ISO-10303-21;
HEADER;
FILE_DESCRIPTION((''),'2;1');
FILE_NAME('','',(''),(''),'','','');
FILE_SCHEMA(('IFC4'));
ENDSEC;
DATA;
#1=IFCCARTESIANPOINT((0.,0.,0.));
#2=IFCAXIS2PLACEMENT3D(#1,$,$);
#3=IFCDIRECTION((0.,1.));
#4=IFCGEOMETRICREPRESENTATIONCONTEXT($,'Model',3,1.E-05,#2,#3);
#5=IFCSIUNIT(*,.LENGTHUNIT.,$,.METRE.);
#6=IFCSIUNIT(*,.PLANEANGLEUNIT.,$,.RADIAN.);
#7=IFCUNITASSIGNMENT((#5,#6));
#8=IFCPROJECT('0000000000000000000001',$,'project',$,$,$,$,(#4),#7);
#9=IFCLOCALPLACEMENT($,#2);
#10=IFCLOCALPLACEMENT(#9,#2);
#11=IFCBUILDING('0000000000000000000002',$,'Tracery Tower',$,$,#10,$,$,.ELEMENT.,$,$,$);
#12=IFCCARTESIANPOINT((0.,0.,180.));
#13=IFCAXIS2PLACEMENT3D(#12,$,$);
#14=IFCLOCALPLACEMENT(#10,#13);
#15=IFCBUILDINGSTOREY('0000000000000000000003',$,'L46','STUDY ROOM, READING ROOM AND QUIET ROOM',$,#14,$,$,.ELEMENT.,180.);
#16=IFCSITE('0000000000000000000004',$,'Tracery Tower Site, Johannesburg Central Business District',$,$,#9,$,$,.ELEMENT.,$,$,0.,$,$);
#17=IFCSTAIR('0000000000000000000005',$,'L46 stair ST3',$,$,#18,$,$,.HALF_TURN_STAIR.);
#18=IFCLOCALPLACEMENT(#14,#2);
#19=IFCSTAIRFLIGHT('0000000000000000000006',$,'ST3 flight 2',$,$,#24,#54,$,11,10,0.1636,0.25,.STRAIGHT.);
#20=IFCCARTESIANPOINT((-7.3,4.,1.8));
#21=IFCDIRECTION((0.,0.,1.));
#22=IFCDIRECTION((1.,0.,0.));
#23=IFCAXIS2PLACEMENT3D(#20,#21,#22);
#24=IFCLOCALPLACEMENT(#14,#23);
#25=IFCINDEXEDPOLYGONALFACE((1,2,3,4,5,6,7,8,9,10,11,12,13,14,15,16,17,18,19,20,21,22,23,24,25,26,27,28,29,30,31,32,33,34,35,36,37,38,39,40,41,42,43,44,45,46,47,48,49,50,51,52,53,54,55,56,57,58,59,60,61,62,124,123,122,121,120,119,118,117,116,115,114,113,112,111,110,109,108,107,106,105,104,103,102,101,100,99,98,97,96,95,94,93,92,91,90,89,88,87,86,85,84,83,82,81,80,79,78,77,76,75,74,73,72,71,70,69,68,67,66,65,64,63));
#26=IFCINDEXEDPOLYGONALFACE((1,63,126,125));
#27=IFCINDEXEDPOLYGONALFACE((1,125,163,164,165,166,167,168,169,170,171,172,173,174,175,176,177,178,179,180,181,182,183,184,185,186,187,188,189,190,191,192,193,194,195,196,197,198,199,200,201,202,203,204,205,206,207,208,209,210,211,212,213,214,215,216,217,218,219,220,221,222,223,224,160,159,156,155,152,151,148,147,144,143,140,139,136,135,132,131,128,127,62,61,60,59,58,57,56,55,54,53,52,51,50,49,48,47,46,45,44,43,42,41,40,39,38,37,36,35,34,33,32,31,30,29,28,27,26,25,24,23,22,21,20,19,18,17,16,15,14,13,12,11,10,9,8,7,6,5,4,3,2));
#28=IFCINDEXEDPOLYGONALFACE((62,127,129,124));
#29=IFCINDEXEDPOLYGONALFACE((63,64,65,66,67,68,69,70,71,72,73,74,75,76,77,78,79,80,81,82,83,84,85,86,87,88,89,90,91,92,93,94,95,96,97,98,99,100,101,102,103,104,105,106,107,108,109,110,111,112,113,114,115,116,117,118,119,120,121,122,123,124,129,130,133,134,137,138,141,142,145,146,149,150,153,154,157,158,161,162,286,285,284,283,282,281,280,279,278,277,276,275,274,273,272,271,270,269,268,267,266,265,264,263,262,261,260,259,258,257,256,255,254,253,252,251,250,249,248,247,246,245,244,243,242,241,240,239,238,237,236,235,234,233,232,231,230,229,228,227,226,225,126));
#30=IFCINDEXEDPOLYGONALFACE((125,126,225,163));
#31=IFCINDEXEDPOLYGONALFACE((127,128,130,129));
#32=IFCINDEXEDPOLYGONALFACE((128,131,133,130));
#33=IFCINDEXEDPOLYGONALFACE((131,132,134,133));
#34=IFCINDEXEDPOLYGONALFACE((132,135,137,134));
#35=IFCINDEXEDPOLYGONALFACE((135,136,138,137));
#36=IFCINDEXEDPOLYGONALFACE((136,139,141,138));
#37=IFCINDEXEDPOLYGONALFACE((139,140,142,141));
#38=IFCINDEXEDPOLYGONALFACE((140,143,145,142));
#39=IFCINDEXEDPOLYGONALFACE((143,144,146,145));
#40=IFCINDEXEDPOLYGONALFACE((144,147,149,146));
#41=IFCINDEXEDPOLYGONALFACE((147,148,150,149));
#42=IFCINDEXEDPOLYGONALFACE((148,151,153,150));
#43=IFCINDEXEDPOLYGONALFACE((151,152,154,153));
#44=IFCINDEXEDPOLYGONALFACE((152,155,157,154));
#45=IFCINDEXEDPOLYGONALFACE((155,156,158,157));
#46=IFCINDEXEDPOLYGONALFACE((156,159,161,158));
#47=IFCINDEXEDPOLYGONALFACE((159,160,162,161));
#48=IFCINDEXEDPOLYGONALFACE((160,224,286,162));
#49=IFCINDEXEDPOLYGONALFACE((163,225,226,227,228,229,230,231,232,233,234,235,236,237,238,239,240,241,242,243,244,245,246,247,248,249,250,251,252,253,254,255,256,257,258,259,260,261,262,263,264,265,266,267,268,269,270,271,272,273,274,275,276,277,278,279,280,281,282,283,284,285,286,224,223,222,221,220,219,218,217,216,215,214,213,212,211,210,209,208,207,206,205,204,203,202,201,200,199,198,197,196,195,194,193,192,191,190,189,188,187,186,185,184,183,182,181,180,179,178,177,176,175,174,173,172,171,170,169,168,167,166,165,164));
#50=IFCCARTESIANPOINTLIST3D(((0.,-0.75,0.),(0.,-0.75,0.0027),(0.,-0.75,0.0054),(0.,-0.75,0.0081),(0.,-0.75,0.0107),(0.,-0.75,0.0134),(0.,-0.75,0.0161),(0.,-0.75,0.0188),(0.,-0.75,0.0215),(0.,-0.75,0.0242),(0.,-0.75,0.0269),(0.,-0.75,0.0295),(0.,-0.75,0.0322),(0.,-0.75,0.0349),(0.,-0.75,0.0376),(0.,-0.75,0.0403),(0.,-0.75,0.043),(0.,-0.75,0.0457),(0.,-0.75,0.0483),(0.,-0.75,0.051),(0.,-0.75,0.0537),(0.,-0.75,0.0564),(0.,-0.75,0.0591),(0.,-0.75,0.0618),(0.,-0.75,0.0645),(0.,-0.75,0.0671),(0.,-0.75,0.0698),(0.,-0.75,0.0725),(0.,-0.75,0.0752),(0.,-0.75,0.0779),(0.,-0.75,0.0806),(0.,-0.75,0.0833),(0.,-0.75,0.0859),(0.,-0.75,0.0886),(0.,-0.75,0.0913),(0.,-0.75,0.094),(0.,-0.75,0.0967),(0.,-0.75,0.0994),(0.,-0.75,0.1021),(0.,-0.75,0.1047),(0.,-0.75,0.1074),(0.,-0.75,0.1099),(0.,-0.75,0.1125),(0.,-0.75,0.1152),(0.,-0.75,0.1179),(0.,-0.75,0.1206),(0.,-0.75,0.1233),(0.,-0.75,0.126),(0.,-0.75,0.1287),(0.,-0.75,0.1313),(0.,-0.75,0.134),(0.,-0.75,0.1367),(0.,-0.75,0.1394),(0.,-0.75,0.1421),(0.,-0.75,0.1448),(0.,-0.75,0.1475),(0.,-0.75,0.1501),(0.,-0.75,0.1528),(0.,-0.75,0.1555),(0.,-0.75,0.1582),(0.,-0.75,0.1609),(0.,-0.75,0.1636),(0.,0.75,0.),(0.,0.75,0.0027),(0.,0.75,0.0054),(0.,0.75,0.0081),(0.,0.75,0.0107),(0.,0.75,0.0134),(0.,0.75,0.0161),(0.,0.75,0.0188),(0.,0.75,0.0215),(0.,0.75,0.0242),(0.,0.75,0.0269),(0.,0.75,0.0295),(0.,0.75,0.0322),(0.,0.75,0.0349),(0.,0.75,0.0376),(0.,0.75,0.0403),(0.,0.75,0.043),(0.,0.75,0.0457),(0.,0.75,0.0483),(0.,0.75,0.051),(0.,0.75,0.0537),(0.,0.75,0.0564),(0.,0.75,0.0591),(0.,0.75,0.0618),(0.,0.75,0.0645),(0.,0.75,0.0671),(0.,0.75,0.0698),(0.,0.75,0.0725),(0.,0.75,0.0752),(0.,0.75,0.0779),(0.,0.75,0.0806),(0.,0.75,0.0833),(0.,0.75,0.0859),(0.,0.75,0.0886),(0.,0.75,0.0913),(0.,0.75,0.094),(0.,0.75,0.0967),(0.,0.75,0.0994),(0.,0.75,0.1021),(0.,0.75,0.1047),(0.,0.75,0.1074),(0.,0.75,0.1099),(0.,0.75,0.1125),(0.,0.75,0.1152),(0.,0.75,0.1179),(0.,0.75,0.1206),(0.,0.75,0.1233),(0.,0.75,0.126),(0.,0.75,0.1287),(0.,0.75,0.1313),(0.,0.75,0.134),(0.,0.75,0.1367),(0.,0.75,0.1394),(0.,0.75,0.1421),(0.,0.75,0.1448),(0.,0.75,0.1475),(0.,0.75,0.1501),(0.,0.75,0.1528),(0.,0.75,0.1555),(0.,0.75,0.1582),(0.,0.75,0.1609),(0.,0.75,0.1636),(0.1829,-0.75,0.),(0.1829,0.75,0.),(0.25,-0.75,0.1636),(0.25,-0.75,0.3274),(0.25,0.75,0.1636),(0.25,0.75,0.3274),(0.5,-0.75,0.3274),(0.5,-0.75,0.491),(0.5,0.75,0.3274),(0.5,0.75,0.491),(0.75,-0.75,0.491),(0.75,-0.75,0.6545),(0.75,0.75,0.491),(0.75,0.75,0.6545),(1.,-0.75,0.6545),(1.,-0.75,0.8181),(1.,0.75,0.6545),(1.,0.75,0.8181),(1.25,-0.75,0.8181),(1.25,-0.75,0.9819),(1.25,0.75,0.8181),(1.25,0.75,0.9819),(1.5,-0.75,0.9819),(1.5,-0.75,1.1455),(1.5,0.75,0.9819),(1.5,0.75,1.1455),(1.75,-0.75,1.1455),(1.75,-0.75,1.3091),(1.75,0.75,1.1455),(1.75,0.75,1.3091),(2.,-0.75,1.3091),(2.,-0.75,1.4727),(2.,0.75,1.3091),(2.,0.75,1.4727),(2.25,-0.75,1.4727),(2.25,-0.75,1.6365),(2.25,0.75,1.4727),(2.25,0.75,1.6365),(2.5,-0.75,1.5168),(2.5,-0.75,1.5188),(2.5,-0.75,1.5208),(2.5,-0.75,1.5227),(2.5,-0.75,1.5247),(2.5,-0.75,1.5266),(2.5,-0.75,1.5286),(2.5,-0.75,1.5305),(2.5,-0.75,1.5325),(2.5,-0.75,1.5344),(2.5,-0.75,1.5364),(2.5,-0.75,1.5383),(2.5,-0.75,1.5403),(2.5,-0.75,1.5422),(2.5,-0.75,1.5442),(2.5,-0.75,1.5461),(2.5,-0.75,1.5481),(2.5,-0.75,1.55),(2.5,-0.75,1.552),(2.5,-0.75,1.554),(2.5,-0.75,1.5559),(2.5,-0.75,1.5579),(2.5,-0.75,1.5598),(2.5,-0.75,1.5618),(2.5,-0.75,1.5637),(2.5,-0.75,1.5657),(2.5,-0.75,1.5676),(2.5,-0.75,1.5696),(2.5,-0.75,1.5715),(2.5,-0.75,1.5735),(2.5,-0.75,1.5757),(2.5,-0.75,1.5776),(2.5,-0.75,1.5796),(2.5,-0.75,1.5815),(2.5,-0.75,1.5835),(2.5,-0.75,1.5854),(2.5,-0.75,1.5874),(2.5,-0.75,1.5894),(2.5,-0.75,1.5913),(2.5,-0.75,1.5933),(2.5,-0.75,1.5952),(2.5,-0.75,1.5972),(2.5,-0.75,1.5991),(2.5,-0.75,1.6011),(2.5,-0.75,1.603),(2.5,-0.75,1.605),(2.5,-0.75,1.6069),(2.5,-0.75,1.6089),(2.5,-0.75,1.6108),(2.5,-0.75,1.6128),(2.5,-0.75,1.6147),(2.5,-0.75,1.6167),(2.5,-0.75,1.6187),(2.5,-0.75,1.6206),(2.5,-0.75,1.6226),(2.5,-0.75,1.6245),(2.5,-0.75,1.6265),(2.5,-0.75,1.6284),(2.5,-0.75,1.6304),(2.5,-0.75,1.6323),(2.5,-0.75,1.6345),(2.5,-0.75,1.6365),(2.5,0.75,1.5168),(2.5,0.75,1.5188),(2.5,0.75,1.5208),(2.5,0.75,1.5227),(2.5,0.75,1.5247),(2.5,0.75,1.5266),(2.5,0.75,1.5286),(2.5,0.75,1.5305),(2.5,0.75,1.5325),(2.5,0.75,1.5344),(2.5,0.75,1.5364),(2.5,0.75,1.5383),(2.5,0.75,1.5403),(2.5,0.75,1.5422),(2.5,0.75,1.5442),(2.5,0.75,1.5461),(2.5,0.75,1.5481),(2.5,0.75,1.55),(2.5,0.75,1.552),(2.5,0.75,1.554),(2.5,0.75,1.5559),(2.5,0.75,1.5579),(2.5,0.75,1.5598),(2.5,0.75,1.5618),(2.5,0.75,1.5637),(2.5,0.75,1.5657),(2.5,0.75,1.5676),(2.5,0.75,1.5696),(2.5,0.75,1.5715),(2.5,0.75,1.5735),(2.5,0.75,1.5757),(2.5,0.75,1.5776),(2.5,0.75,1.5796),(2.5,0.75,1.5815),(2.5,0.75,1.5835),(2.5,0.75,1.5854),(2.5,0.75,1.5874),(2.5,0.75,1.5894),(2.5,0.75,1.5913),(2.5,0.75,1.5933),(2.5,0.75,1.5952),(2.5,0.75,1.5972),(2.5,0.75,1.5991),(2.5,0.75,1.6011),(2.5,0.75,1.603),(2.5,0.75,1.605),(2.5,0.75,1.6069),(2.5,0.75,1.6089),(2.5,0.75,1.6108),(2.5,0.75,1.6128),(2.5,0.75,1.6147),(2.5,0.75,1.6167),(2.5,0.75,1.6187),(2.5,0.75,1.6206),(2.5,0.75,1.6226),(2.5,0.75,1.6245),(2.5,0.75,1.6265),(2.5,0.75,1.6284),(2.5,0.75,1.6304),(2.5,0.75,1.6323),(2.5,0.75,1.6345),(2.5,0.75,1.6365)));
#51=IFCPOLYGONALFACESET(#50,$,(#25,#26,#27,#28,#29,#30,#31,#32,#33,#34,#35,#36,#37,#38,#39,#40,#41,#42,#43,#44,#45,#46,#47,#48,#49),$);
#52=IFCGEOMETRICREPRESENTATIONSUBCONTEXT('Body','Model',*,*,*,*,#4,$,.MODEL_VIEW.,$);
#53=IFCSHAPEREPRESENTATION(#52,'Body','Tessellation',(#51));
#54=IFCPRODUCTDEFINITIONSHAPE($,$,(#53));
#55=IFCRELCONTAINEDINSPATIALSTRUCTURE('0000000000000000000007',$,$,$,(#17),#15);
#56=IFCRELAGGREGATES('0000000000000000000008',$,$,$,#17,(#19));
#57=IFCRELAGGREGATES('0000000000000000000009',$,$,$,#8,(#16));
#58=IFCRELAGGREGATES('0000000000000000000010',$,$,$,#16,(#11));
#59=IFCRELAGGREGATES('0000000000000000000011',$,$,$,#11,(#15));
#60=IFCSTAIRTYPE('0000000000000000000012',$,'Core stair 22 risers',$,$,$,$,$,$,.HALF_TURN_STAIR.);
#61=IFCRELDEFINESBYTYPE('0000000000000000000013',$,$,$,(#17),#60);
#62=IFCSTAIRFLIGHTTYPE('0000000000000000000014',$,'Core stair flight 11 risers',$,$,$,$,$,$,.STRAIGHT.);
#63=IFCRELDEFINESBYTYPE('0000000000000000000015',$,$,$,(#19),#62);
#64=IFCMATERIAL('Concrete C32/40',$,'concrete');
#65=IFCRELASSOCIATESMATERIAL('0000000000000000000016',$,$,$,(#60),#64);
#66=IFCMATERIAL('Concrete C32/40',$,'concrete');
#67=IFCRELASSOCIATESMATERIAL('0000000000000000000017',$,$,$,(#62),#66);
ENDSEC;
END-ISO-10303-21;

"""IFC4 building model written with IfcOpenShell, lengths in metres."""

from ifc_helpers import new_model, si_unit, direction, frame, origin, place, context, subcontext, project, spatial, polyline, outline, extrude, material, type_object, element, aggregate, save


model = new_model("IFC4")

# Units and contexts
model_context = context("Model", 3, precision=1e-05, world=origin(), true_north=direction((0.0, 1.0)))
body_context = subcontext(model_context, "Body", "Model", "MODEL_VIEW")
ifc_project = project(units=[si_unit("LENGTHUNIT", "METRE"), si_unit("PLANEANGLEUNIT", "RADIAN")], contexts=[model_context])

# Site, building, storey
site_placement = place(None, origin())
site = spatial("IfcSite", under=ifc_project, at=site_placement, Name="Tracery Tower Site, Johannesburg Central Business District", CompositionType="ELEMENT", RefElevation=0.0)
building_placement = place(site_placement, origin())
building = spatial("IfcBuilding", under=site, at=building_placement, Name="Tracery Tower", CompositionType="ELEMENT")
storey_placement = place(building_placement, frame((0.0, 0.0, 180.0)))
storey = spatial("IfcBuildingStorey", under=building, at=storey_placement, Name="L46", Description="STUDY ROOM, READING ROOM AND QUIET ROOM", CompositionType="ELEMENT", Elevation=180.0)

# Stair, stair flight
ifc_material_1 = material(Name="Concrete C32/40", Category="concrete")
stair_type = type_object("IfcStairType", Name="Core stair 22 risers", PredefinedType="HALF_TURN_STAIR", material=ifc_material_1)
stair_placement = place(storey_placement, origin())
stair = element("IfcStair", 1, at=stair_placement, inside=storey, type_object=stair_type, Name="L46 stair ST3", PredefinedType="HALF_TURN_STAIR")
ifc_material_2 = material(Name="Concrete C32/40", Category="concrete")
stair_flight_type = type_object("IfcStairFlightType", Name="Core stair flight 11 risers", PredefinedType="STRAIGHT", material=ifc_material_2)
stair_flight_1_placement = place(storey_placement, frame((-7.3, 4.0, 1.8), z_axis=(0.0, 0.0, 1.0), x_axis=(1.0, 0.0, 0.0)))
stair_flight_1 = element("IfcStairFlight", 2, at=stair_flight_1_placement, type_object=stair_flight_type, Name="ST3 flight 2", NumberOfRisers=11, NumberOfTreads=10, PredefinedType="STRAIGHT", RiserHeight=0.1636, TreadLength=0.25, context=body_context, shape_type="SweptSolid", body=[
    extrude(outline(polyline([(0.0, 0.0), (0.0, 0.0027), (0.0, 0.0054), (0.0, 0.0081), (0.0, 0.0107), (0.0, 0.0134), (0.0, 0.0161), (0.0, 0.0188), (0.0, 0.0215), (0.0, 0.0242), (0.0, 0.0269), (0.0, 0.0295), (0.0, 0.0322), (0.0, 0.0349), (0.0, 0.0376), (0.0, 0.0403), (0.0, 0.043), (0.0, 0.0457), (0.0, 0.0483), (0.0, 0.051), (0.0, 0.0537), (0.0, 0.0564), (0.0, 0.0591), (0.0, 0.0618), (0.0, 0.0645), (0.0, 0.0671), (0.0, 0.0698), (0.0, 0.0725), (0.0, 0.0752), (0.0, 0.0779), (0.0, 0.0806), (0.0, 0.0833), (0.0, 0.0859), (0.0, 0.0886), (0.0, 0.0913), (0.0, 0.094), (0.0, 0.0967), (0.0, 0.0994), (0.0, 0.1021), (0.0, 0.1047), (0.0, 0.1074), (0.0, 0.1099), (0.0, 0.1125), (0.0, 0.1152), (0.0, 0.1179), (0.0, 0.1206), (0.0, 0.1233), (0.0, 0.126), (0.0, 0.1287), (0.0, 0.1313), (0.0, 0.134), (0.0, 0.1367), (0.0, 0.1394), (0.0, 0.1421), (0.0, 0.1448), (0.0, 0.1475), (0.0, 0.1501), (0.0, 0.1528), (0.0, 0.1555), (0.0, 0.1582), (0.0, 0.1609), (0.0, 0.1636), (0.25, 0.1636), (0.25, 0.3274), (0.5, 0.3274), (0.5, 0.491), (0.75, 0.491), (0.75, 0.6545), (1.0, 0.6545), (1.0, 0.8181), (1.25, 0.8181), (1.25, 0.9819), (1.5, 0.9819), (1.5, 1.1455), (1.75, 1.1455), (1.75, 1.3091), (2.0, 1.3091), (2.0, 1.4727), (2.25, 1.4727), (2.25, 1.6365), (2.5, 1.6365), (2.5, 1.6345), (2.5, 1.6323), (2.5, 1.6304), (2.5, 1.6284), (2.5, 1.6265), (2.5, 1.6245), (2.5, 1.6226), (2.5, 1.6206), (2.5, 1.6187), (2.5, 1.6167), (2.5, 1.6147), (2.5, 1.6128), (2.5, 1.6108), (2.5, 1.6089), (2.5, 1.6069), (2.5, 1.605), (2.5, 1.603), (2.5, 1.6011), (2.5, 1.5991), (2.5, 1.5972), (2.5, 1.5952), (2.5, 1.5933), (2.5, 1.5913), (2.5, 1.5894), (2.5, 1.5874), (2.5, 1.5854), (2.5, 1.5835), (2.5, 1.5815), (2.5, 1.5796), (2.5, 1.5776), (2.5, 1.5757), (2.5, 1.5735), (2.5, 1.5715), (2.5, 1.5696), (2.5, 1.5676), (2.5, 1.5657), (2.5, 1.5637), (2.5, 1.5618), (2.5, 1.5598), (2.5, 1.5579), (2.5, 1.5559), (2.5, 1.554), (2.5, 1.552), (2.5, 1.55), (2.5, 1.5481), (2.5, 1.5461), (2.5, 1.5442), (2.5, 1.5422), (2.5, 1.5403), (2.5, 1.5383), (2.5, 1.5364), (2.5, 1.5344), (2.5, 1.5325), (2.5, 1.5305), (2.5, 1.5286), (2.5, 1.5266), (2.5, 1.5247), (2.5, 1.5227), (2.5, 1.5208), (2.5, 1.5188), (2.5, 1.5168), (0.1829, 0.0), (0.0, 0.0)])), frame((0.0, 0.75, 0.0), z_axis=(0.0, -1.0, 0.0), x_axis=(1.0, 0.0, 0.0)), (0.0, 0.0, 1.0), 1.5),
])
aggregate(stair, [stair_flight_1])

save(model, "model.ifc")
